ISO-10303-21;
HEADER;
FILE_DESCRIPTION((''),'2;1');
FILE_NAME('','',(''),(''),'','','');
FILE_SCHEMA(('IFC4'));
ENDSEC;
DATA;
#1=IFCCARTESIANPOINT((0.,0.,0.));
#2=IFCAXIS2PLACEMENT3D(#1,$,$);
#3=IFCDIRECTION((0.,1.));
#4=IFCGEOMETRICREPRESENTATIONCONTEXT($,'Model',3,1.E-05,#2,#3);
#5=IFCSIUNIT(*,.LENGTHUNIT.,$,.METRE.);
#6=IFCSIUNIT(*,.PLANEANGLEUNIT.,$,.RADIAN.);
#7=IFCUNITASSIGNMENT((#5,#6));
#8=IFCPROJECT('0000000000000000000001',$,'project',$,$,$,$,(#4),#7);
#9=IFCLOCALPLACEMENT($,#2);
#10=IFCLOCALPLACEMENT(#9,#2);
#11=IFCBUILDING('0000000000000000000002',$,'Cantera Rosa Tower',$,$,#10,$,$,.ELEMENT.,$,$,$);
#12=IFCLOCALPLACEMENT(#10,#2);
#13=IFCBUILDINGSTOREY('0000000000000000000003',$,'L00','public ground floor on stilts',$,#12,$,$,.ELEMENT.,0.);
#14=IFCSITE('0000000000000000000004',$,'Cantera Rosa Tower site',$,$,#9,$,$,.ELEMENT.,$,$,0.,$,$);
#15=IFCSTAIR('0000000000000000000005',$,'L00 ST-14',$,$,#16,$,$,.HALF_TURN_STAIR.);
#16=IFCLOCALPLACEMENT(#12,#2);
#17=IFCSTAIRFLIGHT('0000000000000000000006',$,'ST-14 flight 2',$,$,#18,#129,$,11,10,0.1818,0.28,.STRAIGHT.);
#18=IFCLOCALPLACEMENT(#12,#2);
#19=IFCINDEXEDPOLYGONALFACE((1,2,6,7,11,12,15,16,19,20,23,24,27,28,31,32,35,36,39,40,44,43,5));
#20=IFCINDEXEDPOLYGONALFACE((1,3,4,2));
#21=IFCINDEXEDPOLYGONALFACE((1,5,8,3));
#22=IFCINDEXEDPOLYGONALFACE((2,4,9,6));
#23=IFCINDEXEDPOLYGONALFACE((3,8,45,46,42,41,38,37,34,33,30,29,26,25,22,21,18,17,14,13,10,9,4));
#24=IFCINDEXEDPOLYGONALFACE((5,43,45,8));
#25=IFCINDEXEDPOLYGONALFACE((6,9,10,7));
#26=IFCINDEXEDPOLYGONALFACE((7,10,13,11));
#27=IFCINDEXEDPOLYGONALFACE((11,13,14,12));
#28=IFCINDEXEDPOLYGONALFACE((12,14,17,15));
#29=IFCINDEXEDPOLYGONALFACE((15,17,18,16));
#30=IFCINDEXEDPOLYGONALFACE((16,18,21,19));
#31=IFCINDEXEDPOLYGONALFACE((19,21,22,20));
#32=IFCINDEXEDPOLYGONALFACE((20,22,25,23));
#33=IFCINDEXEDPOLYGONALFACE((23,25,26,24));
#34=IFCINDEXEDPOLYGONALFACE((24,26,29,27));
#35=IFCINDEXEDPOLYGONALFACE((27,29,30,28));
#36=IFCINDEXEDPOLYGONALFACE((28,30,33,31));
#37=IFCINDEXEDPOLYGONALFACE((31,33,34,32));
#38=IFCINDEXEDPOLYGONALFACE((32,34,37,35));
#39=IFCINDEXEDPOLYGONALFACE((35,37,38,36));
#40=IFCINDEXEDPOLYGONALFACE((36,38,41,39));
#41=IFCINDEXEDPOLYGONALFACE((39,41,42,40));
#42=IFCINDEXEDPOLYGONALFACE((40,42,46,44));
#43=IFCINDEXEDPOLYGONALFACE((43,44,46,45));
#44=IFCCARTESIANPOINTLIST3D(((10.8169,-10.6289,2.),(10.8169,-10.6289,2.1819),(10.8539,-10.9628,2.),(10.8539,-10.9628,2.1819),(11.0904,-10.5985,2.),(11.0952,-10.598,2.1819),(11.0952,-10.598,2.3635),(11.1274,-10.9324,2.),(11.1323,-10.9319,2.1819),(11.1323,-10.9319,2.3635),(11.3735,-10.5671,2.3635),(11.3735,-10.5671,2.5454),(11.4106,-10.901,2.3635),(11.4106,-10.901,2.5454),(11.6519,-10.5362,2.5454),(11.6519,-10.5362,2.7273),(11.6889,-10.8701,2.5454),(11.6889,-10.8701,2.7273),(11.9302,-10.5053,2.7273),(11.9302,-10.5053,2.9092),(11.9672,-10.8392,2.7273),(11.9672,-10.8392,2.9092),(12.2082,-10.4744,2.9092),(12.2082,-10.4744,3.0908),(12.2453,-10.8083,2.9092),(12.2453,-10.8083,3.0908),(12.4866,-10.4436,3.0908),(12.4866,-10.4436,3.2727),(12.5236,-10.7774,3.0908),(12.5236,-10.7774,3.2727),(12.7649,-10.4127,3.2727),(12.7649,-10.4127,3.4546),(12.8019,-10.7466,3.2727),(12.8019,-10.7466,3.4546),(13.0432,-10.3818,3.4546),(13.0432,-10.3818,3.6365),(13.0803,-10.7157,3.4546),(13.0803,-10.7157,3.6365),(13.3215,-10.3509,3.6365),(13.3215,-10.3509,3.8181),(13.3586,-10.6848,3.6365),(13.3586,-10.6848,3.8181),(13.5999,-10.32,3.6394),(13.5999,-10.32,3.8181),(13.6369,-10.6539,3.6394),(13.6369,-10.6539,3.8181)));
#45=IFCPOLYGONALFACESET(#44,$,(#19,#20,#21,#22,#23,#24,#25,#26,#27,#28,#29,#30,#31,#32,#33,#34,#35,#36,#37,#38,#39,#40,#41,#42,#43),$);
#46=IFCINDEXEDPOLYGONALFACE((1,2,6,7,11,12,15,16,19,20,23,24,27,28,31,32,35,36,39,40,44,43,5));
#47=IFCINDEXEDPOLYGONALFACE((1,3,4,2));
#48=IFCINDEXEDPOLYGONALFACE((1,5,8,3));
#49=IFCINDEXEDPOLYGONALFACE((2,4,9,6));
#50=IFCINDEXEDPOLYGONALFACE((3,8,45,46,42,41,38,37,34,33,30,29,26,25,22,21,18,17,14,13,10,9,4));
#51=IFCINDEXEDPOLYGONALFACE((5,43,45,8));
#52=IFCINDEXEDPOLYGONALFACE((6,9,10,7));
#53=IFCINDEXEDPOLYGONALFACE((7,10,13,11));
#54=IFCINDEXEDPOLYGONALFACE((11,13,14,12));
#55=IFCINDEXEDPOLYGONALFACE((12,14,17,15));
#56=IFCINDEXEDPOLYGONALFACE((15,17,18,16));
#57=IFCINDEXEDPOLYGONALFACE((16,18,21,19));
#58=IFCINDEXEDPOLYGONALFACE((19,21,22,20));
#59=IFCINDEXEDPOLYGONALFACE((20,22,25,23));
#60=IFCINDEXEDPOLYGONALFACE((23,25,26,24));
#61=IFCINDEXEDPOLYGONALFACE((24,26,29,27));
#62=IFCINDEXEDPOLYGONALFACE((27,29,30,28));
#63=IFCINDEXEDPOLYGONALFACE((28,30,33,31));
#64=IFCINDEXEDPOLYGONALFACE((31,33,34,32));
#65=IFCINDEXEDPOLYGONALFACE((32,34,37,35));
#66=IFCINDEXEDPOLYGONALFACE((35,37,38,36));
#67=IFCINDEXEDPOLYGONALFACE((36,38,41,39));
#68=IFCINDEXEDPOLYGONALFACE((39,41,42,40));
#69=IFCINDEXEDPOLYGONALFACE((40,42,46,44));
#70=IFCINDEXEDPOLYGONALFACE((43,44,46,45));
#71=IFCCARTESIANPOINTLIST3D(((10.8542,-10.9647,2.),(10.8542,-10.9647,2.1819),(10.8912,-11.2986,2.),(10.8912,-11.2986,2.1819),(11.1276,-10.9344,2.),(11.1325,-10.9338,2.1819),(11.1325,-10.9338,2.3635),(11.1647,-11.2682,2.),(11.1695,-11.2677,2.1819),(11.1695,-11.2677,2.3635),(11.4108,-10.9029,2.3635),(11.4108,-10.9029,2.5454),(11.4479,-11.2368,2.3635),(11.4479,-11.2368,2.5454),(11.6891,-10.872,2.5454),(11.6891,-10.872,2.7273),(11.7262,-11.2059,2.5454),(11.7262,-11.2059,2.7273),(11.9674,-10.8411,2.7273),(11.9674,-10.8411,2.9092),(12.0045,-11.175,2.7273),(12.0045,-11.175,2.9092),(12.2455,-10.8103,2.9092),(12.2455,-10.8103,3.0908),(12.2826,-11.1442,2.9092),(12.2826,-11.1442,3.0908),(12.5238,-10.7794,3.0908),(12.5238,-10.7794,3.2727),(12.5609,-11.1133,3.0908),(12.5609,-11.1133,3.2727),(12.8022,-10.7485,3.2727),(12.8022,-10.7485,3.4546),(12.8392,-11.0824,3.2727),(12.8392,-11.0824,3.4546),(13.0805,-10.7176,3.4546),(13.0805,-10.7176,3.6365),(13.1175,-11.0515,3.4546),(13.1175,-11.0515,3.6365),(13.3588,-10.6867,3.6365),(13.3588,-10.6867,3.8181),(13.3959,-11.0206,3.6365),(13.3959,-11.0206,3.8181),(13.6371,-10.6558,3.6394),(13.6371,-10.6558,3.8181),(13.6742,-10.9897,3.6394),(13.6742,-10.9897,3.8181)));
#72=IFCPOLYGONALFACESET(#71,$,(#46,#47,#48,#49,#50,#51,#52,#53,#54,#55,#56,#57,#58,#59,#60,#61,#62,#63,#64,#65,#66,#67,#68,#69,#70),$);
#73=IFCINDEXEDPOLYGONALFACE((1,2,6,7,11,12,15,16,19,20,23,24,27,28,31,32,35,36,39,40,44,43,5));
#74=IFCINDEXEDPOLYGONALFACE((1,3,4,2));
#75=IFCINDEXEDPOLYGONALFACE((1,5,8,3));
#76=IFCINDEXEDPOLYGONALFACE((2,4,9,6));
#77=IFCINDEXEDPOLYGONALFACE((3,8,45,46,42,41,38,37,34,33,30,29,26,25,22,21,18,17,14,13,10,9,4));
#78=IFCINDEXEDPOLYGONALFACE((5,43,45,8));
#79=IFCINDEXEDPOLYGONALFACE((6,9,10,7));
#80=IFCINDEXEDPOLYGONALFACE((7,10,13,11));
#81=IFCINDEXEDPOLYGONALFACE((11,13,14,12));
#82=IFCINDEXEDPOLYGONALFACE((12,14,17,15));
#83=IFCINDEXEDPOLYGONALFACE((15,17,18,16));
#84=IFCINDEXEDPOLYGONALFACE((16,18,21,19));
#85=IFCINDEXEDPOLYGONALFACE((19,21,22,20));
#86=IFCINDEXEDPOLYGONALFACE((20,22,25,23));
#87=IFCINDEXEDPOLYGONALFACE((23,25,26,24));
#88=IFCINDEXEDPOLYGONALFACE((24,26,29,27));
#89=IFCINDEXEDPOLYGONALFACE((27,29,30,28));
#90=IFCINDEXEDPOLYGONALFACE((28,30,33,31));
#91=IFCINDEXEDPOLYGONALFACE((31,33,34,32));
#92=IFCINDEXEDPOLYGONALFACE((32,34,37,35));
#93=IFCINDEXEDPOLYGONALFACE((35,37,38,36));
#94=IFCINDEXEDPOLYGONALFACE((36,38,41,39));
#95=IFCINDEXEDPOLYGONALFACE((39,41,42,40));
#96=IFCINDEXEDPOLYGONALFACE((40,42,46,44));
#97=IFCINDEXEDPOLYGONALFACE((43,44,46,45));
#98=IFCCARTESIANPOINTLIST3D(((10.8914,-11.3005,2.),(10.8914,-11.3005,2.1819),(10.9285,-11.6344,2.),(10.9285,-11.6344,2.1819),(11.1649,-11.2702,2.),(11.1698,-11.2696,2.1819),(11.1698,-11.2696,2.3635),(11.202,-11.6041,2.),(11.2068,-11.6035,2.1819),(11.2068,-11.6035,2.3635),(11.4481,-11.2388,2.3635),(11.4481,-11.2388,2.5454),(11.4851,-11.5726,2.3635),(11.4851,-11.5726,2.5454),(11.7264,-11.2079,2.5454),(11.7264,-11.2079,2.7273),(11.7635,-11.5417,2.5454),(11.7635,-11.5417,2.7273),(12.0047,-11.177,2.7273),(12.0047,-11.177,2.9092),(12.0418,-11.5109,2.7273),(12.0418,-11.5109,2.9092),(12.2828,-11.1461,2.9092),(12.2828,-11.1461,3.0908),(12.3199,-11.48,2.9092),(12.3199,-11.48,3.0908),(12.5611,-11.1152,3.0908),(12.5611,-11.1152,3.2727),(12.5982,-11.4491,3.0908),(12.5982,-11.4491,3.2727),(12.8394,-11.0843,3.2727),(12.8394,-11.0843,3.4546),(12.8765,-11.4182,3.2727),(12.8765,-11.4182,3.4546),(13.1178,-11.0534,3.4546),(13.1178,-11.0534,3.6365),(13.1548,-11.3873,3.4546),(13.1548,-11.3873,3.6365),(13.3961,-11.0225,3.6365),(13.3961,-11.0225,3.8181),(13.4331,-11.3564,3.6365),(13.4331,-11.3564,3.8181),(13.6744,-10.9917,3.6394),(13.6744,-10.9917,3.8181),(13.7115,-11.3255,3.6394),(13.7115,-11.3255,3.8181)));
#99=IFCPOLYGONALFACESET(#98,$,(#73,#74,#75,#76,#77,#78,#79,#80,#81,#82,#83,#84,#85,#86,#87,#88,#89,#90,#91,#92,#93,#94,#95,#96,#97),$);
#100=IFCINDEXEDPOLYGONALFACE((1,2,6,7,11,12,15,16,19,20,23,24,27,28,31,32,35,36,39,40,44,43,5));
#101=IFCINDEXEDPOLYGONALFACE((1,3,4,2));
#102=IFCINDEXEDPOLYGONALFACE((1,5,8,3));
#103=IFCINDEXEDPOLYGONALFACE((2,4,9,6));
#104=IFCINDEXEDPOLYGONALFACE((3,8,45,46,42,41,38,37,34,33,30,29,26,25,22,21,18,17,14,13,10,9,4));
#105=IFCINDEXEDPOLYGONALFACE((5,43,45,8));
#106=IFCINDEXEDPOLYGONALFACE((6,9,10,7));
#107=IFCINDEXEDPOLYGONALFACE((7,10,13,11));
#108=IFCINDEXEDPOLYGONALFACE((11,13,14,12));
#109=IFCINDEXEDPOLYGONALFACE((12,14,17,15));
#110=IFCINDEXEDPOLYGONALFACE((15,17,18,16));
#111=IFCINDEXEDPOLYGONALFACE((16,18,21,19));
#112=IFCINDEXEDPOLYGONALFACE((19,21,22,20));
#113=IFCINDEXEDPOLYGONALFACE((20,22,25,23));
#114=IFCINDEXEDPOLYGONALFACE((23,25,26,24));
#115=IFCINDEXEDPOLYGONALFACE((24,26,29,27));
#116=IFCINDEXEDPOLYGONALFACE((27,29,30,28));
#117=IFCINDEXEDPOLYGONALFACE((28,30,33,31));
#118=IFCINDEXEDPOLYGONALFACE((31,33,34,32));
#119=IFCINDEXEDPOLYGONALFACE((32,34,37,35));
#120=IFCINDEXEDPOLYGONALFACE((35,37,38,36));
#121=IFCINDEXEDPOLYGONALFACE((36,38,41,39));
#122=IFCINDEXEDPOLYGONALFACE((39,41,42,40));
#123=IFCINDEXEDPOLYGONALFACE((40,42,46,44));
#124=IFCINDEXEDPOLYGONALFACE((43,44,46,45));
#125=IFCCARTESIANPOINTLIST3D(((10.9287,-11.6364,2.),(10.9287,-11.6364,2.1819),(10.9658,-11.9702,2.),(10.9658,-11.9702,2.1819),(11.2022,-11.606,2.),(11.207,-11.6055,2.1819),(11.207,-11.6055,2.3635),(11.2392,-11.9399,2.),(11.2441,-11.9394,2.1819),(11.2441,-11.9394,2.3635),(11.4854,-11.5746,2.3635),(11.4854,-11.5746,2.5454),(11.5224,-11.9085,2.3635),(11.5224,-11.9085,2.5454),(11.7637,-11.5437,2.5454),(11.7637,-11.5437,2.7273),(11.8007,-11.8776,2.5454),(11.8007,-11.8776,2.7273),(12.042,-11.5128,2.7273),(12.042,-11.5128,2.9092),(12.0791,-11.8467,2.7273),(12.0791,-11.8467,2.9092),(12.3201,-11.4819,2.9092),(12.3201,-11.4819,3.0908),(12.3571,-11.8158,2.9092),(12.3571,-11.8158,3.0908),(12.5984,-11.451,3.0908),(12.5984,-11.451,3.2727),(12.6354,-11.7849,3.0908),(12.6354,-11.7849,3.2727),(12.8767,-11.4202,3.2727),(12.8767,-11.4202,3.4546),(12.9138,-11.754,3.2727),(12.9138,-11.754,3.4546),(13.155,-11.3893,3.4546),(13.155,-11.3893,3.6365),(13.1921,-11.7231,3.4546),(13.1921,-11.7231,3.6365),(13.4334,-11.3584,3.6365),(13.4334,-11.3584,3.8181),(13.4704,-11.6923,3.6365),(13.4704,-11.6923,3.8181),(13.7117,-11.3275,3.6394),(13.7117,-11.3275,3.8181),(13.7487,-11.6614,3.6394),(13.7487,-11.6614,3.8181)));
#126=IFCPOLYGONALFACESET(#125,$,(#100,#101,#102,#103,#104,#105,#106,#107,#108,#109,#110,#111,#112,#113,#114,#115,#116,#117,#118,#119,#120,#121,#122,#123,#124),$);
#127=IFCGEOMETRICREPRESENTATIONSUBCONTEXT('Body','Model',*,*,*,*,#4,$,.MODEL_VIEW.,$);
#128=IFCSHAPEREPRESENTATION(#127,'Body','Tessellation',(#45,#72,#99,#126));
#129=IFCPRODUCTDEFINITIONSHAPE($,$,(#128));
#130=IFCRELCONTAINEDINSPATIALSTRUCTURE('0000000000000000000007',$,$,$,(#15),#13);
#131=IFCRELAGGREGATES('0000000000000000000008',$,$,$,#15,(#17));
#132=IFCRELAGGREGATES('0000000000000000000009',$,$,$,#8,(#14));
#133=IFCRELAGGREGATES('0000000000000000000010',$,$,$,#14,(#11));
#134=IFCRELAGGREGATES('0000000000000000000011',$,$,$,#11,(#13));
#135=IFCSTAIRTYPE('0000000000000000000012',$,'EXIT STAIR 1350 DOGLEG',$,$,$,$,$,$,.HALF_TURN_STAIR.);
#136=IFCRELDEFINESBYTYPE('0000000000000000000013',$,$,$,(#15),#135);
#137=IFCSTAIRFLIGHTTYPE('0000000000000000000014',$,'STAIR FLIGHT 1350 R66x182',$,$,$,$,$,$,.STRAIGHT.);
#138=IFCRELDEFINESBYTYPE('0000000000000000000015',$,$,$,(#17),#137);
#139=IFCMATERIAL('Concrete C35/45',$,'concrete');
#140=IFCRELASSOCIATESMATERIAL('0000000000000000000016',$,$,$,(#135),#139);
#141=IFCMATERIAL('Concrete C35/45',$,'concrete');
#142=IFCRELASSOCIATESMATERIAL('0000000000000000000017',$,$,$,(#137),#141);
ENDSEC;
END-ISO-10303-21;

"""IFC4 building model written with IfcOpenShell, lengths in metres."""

from ifc_helpers import new_model, si_unit, direction, frame, origin, place, context, subcontext, project, spatial, polyline, outline, extrude, material, type_object, element, aggregate, save


model = new_model("IFC4")

# Units and contexts
model_context = context("Model", 3, precision=1e-05, world=origin(), true_north=direction((0.0, 1.0)))
body_context = subcontext(model_context, "Body", "Model", "MODEL_VIEW")
ifc_project = project(units=[si_unit("LENGTHUNIT", "METRE"), si_unit("PLANEANGLEUNIT", "RADIAN")], contexts=[model_context])

# Site, building, storey
site_placement = place(None, origin())
site = spatial("IfcSite", under=ifc_project, at=site_placement, Name="Cantera Rosa Tower site", CompositionType="ELEMENT", RefElevation=0.0)
building_placement = place(site_placement, origin())
building = spatial("IfcBuilding", under=site, at=building_placement, Name="Cantera Rosa Tower", CompositionType="ELEMENT")
storey_placement = place(building_placement, origin())
storey = spatial("IfcBuildingStorey", under=building, at=storey_placement, Name="L00", Description="public ground floor on stilts", CompositionType="ELEMENT", Elevation=0.0)

# Stair, stair flight
ifc_material_1 = material(Name="Concrete C35/45", Category="concrete")
stair_type = type_object("IfcStairType", Name="EXIT STAIR 1350 DOGLEG", PredefinedType="HALF_TURN_STAIR", material=ifc_material_1)
stair_placement = place(storey_placement, origin())
stair = element("IfcStair", 1, at=stair_placement, inside=storey, type_object=stair_type, Name="L00 ST-14", PredefinedType="HALF_TURN_STAIR")
ifc_material_2 = material(Name="Concrete C35/45", Category="concrete")
stair_flight_type = type_object("IfcStairFlightType", Name="STAIR FLIGHT 1350 R66x182", PredefinedType="STRAIGHT", material=ifc_material_2)
stair_flight_1_placement = place(storey_placement, frame((10.8914, -11.2998, 2.0), z_axis=(0.0, 0.0, 1.0), x_axis=(0.993897, 0.110313, 0.0)))
stair_flight_1 = element("IfcStairFlight", 2, at=stair_flight_1_placement, type_object=stair_flight_type, Name="ST-14 flight 2", NumberOfRisers=11, NumberOfTreads=10, PredefinedType="STRAIGHT", RiserHeight=0.1818, TreadLength=0.28, context=body_context, shape_type="SweptSolid", body=[
    extrude(outline(polyline([(0.0, 0.0), (0.0, 0.1819), (0.28, 0.1819), (0.28, 0.3635), (0.5601, 0.3635), (0.5601, 0.5454), (0.8401, 0.5454), (0.8401, 0.7273), (1.1201, 0.7273), (1.1201, 0.9092), (1.3999, 0.9092), (1.3999, 1.0908), (1.6799, 1.0908), (1.6799, 1.2727), (1.96, 1.2727), (1.96, 1.4546), (2.24, 1.4546), (2.24, 1.6365), (2.52, 1.6365), (2.52, 1.8181), (2.8, 1.8181), (2.8, 2.0), (2.8, 1.6394), (0.2751, 0.0), (0.0, 0.0)])), frame((0.0, 0.675, 0.0), z_axis=(0.0, -1.0, 0.0), x_axis=(1.0, 0.0, 0.0)), (0.0, 0.0, 1.0), 0.3359),
    extrude(outline(polyline([(0.0, 0.0), (0.0, 0.1819), (0.28, 0.1819), (0.28, 0.3635), (0.5601, 0.3635), (0.5601, 0.5454), (0.8401, 0.5454), (0.8401, 0.7273), (1.1201, 0.7273), (1.1201, 0.9092), (1.3999, 0.9092), (1.3999, 1.0908), (1.6799, 1.0908), (1.6799, 1.2727), (1.96, 1.2727), (1.96, 1.4546), (2.24, 1.4546), (2.24, 1.6365), (2.52, 1.6365), (2.52, 1.8181), (2.8, 1.8181), (2.8, 2.0), (2.8, 1.6394), (0.2751, 0.0), (0.0, 0.0)])), frame((0.0, 0.3372, 0.0), z_axis=(0.0, -1.0, 0.0), x_axis=(1.0, 0.0, 0.0)), (0.0, 0.0, 1.0), 0.3359),
    extrude(outline(polyline([(0.0, 0.0), (0.0, 0.1819), (0.28, 0.1819), (0.28, 0.3635), (0.5601, 0.3635), (0.5601, 0.5454), (0.8401, 0.5454), (0.8401, 0.7273), (1.1201, 0.7273), (1.1201, 0.9092), (1.3999, 0.9092), (1.3999, 1.0908), (1.6799, 1.0908), (1.6799, 1.2727), (1.96, 1.2727), (1.96, 1.4546), (2.24, 1.4546), (2.24, 1.6365), (2.52, 1.6365), (2.52, 1.8181), (2.8, 1.8181), (2.8, 2.0), (2.8, 1.6394), (0.2751, 0.0), (0.0, 0.0)])), frame((0.0, -0.0007, 0.0), z_axis=(0.0, -1.0, 0.0), x_axis=(1.0, 0.0, 0.0)), (0.0, 0.0, 1.0), 0.3359),
    extrude(outline(polyline([(0.0, 0.0), (0.0, 0.1819), (0.28, 0.1819), (0.28, 0.3635), (0.5601, 0.3635), (0.5601, 0.5454), (0.8401, 0.5454), (0.8401, 0.7273), (1.1201, 0.7273), (1.1201, 0.9092), (1.3999, 0.9092), (1.3999, 1.0908), (1.6799, 1.0908), (1.6799, 1.2727), (1.96, 1.2727), (1.96, 1.4546), (2.24, 1.4546), (2.24, 1.6365), (2.52, 1.6365), (2.52, 1.8181), (2.8, 1.8181), (2.8, 2.0), (2.8, 1.6394), (0.2751, 0.0), (0.0, 0.0)])), frame((0.0, -0.3386, 0.0), z_axis=(0.0, -1.0, 0.0), x_axis=(1.0, 0.0, 0.0)), (0.0, 0.0, 1.0), 0.3359),
])
aggregate(stair, [stair_flight_1])

save(model, "model.ifc")
